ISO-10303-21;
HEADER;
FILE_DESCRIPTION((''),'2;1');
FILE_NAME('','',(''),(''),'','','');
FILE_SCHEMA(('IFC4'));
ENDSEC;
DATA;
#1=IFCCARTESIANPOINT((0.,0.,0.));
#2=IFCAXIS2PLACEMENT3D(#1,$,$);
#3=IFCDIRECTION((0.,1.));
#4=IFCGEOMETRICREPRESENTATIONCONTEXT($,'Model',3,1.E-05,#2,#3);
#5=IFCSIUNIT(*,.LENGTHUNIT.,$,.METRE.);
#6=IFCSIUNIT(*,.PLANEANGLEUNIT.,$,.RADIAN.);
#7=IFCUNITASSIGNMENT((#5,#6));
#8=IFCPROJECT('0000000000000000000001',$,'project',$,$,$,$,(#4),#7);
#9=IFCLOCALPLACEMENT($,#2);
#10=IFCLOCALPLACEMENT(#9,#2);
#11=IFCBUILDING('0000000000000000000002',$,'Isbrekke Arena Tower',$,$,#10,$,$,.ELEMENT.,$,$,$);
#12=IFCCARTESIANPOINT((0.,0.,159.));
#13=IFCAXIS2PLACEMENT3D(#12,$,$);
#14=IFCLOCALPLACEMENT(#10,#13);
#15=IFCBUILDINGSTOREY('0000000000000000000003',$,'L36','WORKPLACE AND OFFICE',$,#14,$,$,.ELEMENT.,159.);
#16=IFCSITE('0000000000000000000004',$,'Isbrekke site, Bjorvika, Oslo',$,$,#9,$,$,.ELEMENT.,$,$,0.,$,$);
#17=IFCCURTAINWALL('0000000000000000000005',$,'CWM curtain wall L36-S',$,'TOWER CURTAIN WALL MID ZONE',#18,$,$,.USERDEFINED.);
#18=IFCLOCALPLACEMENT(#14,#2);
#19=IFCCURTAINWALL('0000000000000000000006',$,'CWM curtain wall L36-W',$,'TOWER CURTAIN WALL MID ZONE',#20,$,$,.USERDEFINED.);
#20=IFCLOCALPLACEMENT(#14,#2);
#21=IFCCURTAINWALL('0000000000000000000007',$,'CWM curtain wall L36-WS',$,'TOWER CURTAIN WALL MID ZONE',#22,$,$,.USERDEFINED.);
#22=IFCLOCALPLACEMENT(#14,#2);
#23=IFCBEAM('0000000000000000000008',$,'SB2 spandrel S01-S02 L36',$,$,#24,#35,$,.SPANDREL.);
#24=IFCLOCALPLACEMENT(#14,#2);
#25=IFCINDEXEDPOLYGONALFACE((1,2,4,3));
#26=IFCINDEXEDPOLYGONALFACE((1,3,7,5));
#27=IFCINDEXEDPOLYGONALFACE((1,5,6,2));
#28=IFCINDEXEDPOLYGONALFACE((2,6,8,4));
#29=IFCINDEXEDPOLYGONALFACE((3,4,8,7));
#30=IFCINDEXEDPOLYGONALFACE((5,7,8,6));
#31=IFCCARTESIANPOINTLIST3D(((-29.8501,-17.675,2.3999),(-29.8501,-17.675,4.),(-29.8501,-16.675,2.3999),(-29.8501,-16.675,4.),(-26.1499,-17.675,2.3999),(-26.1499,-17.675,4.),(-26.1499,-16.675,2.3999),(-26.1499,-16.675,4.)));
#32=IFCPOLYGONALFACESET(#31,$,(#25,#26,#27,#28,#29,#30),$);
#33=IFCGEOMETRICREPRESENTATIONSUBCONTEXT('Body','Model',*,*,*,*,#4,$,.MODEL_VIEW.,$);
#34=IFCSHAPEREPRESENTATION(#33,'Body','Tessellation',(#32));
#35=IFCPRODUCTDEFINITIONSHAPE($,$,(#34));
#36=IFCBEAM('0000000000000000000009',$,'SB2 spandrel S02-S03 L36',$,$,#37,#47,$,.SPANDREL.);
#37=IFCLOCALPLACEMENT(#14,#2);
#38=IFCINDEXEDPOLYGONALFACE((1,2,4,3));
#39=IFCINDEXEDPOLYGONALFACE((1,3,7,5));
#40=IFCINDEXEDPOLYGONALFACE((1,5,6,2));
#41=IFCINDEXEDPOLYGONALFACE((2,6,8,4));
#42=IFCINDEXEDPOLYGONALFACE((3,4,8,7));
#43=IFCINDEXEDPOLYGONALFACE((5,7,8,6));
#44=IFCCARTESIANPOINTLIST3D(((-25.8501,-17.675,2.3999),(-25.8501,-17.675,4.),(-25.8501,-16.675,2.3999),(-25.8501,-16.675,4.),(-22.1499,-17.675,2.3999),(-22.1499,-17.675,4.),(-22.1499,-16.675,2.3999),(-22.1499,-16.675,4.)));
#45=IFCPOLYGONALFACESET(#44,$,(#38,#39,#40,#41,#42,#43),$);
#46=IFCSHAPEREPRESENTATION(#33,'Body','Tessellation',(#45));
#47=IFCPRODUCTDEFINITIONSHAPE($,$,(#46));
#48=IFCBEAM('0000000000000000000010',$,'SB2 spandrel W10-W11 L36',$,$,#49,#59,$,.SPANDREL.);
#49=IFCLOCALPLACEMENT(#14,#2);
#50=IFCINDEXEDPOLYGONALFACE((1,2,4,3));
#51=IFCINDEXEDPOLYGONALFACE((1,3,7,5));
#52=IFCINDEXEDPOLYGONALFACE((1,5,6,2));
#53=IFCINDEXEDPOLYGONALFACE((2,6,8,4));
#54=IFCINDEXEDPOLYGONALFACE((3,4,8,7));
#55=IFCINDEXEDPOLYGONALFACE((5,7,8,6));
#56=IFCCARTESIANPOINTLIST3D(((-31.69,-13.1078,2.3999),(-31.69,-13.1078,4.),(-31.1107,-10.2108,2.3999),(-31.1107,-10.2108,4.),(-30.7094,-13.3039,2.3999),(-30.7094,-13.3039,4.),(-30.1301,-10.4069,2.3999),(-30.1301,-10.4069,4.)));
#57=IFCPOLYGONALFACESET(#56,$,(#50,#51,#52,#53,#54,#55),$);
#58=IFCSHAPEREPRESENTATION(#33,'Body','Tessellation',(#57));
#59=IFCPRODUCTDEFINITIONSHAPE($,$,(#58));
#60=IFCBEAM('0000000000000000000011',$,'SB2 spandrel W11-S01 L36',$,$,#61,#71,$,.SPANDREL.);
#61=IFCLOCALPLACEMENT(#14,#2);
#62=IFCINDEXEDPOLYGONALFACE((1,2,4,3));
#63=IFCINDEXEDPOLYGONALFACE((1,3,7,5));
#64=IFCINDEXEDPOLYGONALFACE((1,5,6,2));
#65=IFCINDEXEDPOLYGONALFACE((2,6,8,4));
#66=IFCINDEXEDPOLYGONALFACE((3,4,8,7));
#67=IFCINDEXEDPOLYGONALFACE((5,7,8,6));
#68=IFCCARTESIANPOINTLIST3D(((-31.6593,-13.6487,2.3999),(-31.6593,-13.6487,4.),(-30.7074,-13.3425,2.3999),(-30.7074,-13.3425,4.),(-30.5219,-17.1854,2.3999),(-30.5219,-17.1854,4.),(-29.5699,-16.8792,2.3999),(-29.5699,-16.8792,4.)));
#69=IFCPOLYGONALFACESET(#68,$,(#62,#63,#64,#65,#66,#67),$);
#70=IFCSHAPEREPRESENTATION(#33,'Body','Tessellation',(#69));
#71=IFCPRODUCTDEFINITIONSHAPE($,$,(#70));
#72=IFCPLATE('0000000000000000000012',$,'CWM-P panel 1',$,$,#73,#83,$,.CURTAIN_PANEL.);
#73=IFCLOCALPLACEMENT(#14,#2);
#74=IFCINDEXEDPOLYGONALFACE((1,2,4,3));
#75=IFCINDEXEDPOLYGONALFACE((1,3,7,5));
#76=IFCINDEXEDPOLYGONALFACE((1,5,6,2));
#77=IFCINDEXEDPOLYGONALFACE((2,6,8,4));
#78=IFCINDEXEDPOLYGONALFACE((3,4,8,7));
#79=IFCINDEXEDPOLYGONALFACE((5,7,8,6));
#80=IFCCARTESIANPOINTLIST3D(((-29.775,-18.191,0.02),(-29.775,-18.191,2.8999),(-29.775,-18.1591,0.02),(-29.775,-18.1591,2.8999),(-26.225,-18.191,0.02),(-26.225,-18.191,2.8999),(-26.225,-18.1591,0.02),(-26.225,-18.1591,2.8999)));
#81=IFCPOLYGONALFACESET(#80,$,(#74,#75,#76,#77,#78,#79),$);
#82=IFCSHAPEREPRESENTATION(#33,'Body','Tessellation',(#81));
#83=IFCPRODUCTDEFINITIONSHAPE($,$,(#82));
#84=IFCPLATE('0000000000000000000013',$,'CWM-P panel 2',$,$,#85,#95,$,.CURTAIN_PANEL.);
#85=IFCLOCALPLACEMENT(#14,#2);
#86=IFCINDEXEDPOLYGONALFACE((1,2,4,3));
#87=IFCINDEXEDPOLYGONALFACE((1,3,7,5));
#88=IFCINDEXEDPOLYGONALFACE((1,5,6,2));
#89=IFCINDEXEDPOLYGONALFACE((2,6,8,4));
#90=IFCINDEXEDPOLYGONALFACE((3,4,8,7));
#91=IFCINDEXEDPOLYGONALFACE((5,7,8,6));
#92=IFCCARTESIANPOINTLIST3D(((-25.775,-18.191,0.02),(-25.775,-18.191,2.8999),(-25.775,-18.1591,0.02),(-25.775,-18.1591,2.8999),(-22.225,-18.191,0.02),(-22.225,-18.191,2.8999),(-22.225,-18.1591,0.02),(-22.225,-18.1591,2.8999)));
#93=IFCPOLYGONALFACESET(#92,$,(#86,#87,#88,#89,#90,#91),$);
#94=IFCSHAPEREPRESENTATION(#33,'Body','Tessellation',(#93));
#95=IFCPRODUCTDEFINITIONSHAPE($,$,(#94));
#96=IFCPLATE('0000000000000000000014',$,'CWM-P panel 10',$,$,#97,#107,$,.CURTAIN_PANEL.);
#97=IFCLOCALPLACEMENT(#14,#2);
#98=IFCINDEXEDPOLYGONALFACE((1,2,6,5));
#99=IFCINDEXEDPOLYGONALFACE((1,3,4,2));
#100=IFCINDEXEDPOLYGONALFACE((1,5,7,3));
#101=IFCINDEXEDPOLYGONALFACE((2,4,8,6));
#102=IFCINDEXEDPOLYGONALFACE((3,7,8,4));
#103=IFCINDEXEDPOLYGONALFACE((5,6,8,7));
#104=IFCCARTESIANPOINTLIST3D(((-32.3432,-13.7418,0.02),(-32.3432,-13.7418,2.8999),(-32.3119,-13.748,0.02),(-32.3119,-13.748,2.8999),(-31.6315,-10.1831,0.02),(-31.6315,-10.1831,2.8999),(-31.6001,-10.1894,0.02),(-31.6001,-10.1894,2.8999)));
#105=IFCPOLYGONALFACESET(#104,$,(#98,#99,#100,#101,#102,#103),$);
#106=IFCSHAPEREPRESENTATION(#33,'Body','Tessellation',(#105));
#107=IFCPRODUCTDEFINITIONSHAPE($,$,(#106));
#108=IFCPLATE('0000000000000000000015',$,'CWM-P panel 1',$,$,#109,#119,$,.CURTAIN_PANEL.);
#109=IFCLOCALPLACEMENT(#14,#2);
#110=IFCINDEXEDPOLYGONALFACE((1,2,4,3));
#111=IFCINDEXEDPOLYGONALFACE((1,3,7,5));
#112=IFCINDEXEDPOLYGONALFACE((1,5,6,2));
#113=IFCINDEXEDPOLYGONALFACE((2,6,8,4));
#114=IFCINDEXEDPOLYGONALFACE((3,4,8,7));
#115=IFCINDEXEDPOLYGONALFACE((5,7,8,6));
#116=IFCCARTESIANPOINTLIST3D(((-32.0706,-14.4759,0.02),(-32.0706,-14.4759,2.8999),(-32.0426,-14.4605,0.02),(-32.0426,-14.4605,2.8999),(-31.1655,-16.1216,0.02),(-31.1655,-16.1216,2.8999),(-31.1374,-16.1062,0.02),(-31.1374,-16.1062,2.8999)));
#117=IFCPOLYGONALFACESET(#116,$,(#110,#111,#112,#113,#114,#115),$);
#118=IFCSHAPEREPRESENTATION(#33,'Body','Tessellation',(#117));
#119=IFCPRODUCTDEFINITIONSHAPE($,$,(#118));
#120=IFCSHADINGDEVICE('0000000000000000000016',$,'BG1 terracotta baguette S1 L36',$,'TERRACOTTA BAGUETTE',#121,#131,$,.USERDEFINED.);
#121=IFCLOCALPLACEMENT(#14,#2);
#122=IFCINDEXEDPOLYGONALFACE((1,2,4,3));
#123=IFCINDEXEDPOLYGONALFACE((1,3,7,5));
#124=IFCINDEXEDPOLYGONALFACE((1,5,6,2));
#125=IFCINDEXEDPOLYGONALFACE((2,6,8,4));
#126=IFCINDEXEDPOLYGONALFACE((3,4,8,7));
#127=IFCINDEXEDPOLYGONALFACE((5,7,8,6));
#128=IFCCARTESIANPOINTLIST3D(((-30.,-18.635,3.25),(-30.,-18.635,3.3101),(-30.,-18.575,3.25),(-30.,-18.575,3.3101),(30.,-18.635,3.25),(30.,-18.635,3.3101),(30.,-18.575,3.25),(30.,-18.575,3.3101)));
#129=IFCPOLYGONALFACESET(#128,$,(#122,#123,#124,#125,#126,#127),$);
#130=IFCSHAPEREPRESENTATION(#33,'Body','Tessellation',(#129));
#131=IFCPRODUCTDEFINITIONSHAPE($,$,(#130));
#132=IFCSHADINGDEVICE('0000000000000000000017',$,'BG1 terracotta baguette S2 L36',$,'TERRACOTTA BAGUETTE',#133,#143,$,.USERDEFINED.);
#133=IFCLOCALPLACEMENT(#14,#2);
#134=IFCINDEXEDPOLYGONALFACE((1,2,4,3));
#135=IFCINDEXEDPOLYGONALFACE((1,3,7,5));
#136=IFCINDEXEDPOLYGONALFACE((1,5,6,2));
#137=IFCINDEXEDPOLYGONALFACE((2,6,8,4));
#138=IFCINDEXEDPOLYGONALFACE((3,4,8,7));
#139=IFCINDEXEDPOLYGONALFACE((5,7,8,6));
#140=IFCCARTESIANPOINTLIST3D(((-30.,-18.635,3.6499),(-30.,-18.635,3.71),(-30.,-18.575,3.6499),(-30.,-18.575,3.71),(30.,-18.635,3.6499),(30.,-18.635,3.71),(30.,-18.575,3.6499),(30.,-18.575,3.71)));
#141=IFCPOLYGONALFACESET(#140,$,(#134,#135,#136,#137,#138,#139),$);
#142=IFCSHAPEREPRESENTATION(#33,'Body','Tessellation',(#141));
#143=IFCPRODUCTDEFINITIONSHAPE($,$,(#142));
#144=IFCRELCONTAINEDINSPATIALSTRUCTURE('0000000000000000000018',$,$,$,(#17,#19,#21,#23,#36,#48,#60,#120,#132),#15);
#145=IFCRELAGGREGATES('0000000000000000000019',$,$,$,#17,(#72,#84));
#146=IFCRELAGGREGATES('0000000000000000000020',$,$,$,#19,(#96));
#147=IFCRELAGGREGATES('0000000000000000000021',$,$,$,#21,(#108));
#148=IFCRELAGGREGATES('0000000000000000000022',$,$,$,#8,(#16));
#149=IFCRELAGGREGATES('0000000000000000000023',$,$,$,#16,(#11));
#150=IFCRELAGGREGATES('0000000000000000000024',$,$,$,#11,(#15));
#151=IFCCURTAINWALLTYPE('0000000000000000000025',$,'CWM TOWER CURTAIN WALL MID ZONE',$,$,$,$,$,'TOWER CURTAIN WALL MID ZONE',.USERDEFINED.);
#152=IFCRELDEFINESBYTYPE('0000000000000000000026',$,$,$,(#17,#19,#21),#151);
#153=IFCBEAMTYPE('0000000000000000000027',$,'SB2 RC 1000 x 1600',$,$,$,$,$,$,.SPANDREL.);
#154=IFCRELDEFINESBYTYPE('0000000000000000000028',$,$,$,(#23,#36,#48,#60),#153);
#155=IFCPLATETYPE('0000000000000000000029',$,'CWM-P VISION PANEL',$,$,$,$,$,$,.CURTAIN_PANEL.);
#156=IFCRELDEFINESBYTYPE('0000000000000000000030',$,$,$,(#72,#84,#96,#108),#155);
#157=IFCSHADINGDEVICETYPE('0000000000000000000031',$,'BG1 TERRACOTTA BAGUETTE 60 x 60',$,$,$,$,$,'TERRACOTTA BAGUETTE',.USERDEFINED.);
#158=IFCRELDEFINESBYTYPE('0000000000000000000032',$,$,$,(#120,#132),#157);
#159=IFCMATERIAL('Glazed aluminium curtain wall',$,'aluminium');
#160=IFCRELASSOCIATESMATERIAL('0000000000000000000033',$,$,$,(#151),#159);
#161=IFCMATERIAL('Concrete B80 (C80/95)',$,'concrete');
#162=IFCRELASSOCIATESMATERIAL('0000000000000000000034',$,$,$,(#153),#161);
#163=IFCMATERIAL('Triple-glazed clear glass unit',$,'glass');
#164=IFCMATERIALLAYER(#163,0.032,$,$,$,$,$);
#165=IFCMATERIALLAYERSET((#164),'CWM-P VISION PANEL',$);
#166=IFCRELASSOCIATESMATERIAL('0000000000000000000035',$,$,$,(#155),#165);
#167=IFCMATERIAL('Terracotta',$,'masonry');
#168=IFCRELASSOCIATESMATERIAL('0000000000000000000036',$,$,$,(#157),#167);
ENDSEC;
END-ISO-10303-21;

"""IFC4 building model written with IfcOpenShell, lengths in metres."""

from ifc_helpers import new_model, si_unit, direction, frame, origin, origin_2d, place, context, subcontext, project, spatial, rectangle, extrude, material, layer, layer_set, material_profile, profile_set, type_object, element, aggregate, save


model = new_model("IFC4")

# Units and contexts
model_context = context("Model", 3, precision=1e-05, world=origin(), true_north=direction((0.0, 1.0)))
body_context = subcontext(model_context, "Body", "Model", "MODEL_VIEW")
ifc_project = project(units=[si_unit("LENGTHUNIT", "METRE"), si_unit("PLANEANGLEUNIT", "RADIAN")], contexts=[model_context])

# Site, building, storey
site_placement = place(None, origin())
site = spatial("IfcSite", under=ifc_project, at=site_placement, Name="Isbrekke site, Bjorvika, Oslo", CompositionType="ELEMENT", RefElevation=0.0)
building_placement = place(site_placement, origin())
building = spatial("IfcBuilding", under=site, at=building_placement, Name="Isbrekke Arena Tower", CompositionType="ELEMENT")
storey_placement = place(building_placement, frame((0.0, 0.0, 159.0)))
storey = spatial("IfcBuildingStorey", under=building, at=storey_placement, Name="L36", Description="WORKPLACE AND OFFICE", CompositionType="ELEMENT", Elevation=159.0)

# Curtain walls
ifc_material_1 = material(Name="Glazed aluminium curtain wall", Category="aluminium")
curtain_wall_type = type_object("IfcCurtainWallType", Name="CWM TOWER CURTAIN WALL MID ZONE", ElementType="TOWER CURTAIN WALL MID ZONE", PredefinedType="USERDEFINED", material=ifc_material_1)
curtain_wall_1_placement = place(storey_placement, origin())
curtain_wall_1 = element("IfcCurtainWall", 1, at=curtain_wall_1_placement, inside=storey, type_object=curtain_wall_type, Name="CWM curtain wall L36-S", ObjectType="TOWER CURTAIN WALL MID ZONE", PredefinedType="USERDEFINED")
curtain_wall_2_placement = place(storey_placement, origin())
curtain_wall_2 = element("IfcCurtainWall", 2, at=curtain_wall_2_placement, inside=storey, type_object=curtain_wall_type, Name="CWM curtain wall L36-W", ObjectType="TOWER CURTAIN WALL MID ZONE", PredefinedType="USERDEFINED")
curtain_wall_3_placement = place(storey_placement, origin())
curtain_wall_3 = element("IfcCurtainWall", 3, at=curtain_wall_3_placement, inside=storey, type_object=curtain_wall_type, Name="CWM curtain wall L36-WS", ObjectType="TOWER CURTAIN WALL MID ZONE", PredefinedType="USERDEFINED")

# Beams
ifc_material_2 = material(Name="Concrete B80 (C80/95)", Category="concrete")
ifc_material_profile_1 = material_profile(ifc_material_2, rectangle(XDim=1.0, YDim=1.6001, at=origin_2d()), Name="RC 1000x1600")
ifc_profile_set_1 = profile_set([ifc_material_profile_1], Name="Concrete B80 (C80/95)")
beam_type_1 = type_object("IfcBeamType", Name="SB2 RC 1000 x 1600", PredefinedType="SPANDREL", material=ifc_profile_set_1)
for number, where, z_axis, x_axis, name in (
    (4, (-29.8501, -17.175, 3.2), (1.0, 0.0, 0.0), (0.0, 1.0, 0.0), "SB2 spandrel S01-S02 L36"),
    (5, (-25.8501, -17.175, 3.2), (1.0, 0.0, 0.0), (0.0, 1.0, 0.0), "SB2 spandrel S02-S03 L36"),
):
    element("IfcBeam", number, at=place(storey_placement, frame(where, z_axis=z_axis, x_axis=x_axis)), inside=storey, type_object=beam_type_1, Name=name, PredefinedType="SPANDREL", context=body_context, shape_type="SweptSolid", body=[
        extrude(rectangle(XDim=1.0, YDim=1.6001, at=origin_2d()), origin(), (0.0, 0.0, 1.0), 3.7002),
    ])
beam_1_placement = place(storey_placement, frame((-30.6204, -10.3088, 3.2), z_axis=(-0.1961, -0.980584, 0.0), x_axis=(0.980584, -0.1961, 0.0)))
element("IfcBeam", 6, at=beam_1_placement, inside=storey, type_object=beam_type_1, Name="SB2 spandrel W10-W11 L36", PredefinedType="SPANDREL", context=body_context, shape_type="SweptSolid", body=[
    extrude(rectangle(XDim=1.0, YDim=1.6001, at=origin_2d()), origin(), (0.0, 0.0, 1.0), 2.9543),
])
beam_2_placement = place(storey_placement, frame((-31.1833, -13.4956, 3.2), z_axis=(0.306175, -0.951975, 0.0), x_axis=(0.951975, 0.306175, 0.0)))
element("IfcBeam", 7, at=beam_2_placement, inside=storey, type_object=beam_type_1, Name="SB2 spandrel W11-S01 L36", PredefinedType="SPANDREL", context=body_context, shape_type="SweptSolid", body=[
    extrude(rectangle(XDim=1.0, YDim=1.6001, at=origin_2d()), origin(), (0.0, 0.0, 1.0), 3.7151),
])

# Plates
ifc_material_3 = material(Name="Triple-glazed clear glass unit", Category="glass")
ifc_layer = layer(ifc_material_3, 0.032)
ifc_layer_set = layer_set([ifc_layer], Name="CWM-P VISION PANEL")
plate_type = type_object("IfcPlateType", Name="CWM-P VISION PANEL", PredefinedType="CURTAIN_PANEL", material=ifc_layer_set)
plate_1_placement = place(storey_placement, frame((-28.0, -18.175, 0.02), z_axis=(0.0, 0.0, 1.0), x_axis=(1.0, 0.0, 0.0)))
plate_1 = element("IfcPlate", 8, at=plate_1_placement, type_object=plate_type, Name="CWM-P panel 1", PredefinedType="CURTAIN_PANEL", context=body_context, shape_type="SweptSolid", body=[
    extrude(rectangle(XDim=3.55, YDim=0.032, at=origin_2d()), origin(), (0.0, 0.0, 1.0), 2.8799),
])
plate_2_placement = place(storey_placement, frame((-24.0, -18.175, 0.02), z_axis=(0.0, 0.0, 1.0), x_axis=(1.0, 0.0, 0.0)))
plate_2 = element("IfcPlate", 9, at=plate_2_placement, type_object=plate_type, Name="CWM-P panel 2", PredefinedType="CURTAIN_PANEL", context=body_context, shape_type="SweptSolid", body=[
    extrude(rectangle(XDim=3.55, YDim=0.032, at=origin_2d()), origin(), (0.0, 0.0, 1.0), 2.8799),
])
aggregate(curtain_wall_1, [plate_1, plate_2])
plate_3_placement = place(storey_placement, frame((-31.9717, -11.9656, 0.02), z_axis=(0.0, 0.0, 1.0), x_axis=(-0.196116, -0.980581, 0.0)))
plate_3 = element("IfcPlate", 10, at=plate_3_placement, type_object=plate_type, Name="CWM-P panel 10", PredefinedType="CURTAIN_PANEL", context=body_context, shape_type="SweptSolid", body=[
    extrude(rectangle(XDim=3.6292, YDim=0.032, at=origin_2d()), origin(), (0.0, 0.0, 1.0), 2.8799),
])
aggregate(curtain_wall_2, [plate_3])
plate_4_placement = place(storey_placement, frame((-31.604, -15.291, 0.02), z_axis=(0.0, 0.0, 1.0), x_axis=(0.481919, -0.876216, 0.0)))
plate_4 = element("IfcPlate", 11, at=plate_4_placement, type_object=plate_type, Name="CWM-P panel 1", PredefinedType="CURTAIN_PANEL", context=body_context, shape_type="SweptSolid", body=[
    extrude(rectangle(XDim=1.8782, YDim=0.032, at=origin_2d()), origin(), (0.0, 0.0, 1.0), 2.8799),
])
aggregate(curtain_wall_3, [plate_4])

# Shading devices
ifc_material_4 = material(Name="Terracotta", Category="masonry")
ifc_material_profile_2 = material_profile(ifc_material_4, rectangle(XDim=0.0601, YDim=0.0601, at=origin_2d()), Name="BAGUETTE 60X60")
ifc_profile_set_2 = profile_set([ifc_material_profile_2], Name="Terracotta")
shading_device_type = type_object("IfcShadingDeviceType", Name="BG1 TERRACOTTA BAGUETTE 60 x 60", ElementType="TERRACOTTA BAGUETTE", PredefinedType="USERDEFINED", material=ifc_profile_set_2)
for number, where, z_axis, x_axis, name in (
    (12, (-30.0, -18.605, 3.28), (1.0, 0.0, 0.0), (0.0, 1.0, 0.0), "BG1 terracotta baguette S1 L36"),
    (13, (-30.0, -18.605, 3.6799), (1.0, 0.0, 0.0), (0.0, 1.0, 0.0), "BG1 terracotta baguette S2 L36"),
):
    element("IfcShadingDevice", number, at=place(storey_placement, frame(where, z_axis=z_axis, x_axis=x_axis)), inside=storey, type_object=shading_device_type, Name=name, ObjectType="TERRACOTTA BAGUETTE", PredefinedType="USERDEFINED", context=body_context, shape_type="SweptSolid", body=[
        extrude(rectangle(XDim=0.0601, YDim=0.0601, at=origin_2d()), origin(), (0.0, 0.0, 1.0), 60.0),
    ])

save(model, "model.ifc")
